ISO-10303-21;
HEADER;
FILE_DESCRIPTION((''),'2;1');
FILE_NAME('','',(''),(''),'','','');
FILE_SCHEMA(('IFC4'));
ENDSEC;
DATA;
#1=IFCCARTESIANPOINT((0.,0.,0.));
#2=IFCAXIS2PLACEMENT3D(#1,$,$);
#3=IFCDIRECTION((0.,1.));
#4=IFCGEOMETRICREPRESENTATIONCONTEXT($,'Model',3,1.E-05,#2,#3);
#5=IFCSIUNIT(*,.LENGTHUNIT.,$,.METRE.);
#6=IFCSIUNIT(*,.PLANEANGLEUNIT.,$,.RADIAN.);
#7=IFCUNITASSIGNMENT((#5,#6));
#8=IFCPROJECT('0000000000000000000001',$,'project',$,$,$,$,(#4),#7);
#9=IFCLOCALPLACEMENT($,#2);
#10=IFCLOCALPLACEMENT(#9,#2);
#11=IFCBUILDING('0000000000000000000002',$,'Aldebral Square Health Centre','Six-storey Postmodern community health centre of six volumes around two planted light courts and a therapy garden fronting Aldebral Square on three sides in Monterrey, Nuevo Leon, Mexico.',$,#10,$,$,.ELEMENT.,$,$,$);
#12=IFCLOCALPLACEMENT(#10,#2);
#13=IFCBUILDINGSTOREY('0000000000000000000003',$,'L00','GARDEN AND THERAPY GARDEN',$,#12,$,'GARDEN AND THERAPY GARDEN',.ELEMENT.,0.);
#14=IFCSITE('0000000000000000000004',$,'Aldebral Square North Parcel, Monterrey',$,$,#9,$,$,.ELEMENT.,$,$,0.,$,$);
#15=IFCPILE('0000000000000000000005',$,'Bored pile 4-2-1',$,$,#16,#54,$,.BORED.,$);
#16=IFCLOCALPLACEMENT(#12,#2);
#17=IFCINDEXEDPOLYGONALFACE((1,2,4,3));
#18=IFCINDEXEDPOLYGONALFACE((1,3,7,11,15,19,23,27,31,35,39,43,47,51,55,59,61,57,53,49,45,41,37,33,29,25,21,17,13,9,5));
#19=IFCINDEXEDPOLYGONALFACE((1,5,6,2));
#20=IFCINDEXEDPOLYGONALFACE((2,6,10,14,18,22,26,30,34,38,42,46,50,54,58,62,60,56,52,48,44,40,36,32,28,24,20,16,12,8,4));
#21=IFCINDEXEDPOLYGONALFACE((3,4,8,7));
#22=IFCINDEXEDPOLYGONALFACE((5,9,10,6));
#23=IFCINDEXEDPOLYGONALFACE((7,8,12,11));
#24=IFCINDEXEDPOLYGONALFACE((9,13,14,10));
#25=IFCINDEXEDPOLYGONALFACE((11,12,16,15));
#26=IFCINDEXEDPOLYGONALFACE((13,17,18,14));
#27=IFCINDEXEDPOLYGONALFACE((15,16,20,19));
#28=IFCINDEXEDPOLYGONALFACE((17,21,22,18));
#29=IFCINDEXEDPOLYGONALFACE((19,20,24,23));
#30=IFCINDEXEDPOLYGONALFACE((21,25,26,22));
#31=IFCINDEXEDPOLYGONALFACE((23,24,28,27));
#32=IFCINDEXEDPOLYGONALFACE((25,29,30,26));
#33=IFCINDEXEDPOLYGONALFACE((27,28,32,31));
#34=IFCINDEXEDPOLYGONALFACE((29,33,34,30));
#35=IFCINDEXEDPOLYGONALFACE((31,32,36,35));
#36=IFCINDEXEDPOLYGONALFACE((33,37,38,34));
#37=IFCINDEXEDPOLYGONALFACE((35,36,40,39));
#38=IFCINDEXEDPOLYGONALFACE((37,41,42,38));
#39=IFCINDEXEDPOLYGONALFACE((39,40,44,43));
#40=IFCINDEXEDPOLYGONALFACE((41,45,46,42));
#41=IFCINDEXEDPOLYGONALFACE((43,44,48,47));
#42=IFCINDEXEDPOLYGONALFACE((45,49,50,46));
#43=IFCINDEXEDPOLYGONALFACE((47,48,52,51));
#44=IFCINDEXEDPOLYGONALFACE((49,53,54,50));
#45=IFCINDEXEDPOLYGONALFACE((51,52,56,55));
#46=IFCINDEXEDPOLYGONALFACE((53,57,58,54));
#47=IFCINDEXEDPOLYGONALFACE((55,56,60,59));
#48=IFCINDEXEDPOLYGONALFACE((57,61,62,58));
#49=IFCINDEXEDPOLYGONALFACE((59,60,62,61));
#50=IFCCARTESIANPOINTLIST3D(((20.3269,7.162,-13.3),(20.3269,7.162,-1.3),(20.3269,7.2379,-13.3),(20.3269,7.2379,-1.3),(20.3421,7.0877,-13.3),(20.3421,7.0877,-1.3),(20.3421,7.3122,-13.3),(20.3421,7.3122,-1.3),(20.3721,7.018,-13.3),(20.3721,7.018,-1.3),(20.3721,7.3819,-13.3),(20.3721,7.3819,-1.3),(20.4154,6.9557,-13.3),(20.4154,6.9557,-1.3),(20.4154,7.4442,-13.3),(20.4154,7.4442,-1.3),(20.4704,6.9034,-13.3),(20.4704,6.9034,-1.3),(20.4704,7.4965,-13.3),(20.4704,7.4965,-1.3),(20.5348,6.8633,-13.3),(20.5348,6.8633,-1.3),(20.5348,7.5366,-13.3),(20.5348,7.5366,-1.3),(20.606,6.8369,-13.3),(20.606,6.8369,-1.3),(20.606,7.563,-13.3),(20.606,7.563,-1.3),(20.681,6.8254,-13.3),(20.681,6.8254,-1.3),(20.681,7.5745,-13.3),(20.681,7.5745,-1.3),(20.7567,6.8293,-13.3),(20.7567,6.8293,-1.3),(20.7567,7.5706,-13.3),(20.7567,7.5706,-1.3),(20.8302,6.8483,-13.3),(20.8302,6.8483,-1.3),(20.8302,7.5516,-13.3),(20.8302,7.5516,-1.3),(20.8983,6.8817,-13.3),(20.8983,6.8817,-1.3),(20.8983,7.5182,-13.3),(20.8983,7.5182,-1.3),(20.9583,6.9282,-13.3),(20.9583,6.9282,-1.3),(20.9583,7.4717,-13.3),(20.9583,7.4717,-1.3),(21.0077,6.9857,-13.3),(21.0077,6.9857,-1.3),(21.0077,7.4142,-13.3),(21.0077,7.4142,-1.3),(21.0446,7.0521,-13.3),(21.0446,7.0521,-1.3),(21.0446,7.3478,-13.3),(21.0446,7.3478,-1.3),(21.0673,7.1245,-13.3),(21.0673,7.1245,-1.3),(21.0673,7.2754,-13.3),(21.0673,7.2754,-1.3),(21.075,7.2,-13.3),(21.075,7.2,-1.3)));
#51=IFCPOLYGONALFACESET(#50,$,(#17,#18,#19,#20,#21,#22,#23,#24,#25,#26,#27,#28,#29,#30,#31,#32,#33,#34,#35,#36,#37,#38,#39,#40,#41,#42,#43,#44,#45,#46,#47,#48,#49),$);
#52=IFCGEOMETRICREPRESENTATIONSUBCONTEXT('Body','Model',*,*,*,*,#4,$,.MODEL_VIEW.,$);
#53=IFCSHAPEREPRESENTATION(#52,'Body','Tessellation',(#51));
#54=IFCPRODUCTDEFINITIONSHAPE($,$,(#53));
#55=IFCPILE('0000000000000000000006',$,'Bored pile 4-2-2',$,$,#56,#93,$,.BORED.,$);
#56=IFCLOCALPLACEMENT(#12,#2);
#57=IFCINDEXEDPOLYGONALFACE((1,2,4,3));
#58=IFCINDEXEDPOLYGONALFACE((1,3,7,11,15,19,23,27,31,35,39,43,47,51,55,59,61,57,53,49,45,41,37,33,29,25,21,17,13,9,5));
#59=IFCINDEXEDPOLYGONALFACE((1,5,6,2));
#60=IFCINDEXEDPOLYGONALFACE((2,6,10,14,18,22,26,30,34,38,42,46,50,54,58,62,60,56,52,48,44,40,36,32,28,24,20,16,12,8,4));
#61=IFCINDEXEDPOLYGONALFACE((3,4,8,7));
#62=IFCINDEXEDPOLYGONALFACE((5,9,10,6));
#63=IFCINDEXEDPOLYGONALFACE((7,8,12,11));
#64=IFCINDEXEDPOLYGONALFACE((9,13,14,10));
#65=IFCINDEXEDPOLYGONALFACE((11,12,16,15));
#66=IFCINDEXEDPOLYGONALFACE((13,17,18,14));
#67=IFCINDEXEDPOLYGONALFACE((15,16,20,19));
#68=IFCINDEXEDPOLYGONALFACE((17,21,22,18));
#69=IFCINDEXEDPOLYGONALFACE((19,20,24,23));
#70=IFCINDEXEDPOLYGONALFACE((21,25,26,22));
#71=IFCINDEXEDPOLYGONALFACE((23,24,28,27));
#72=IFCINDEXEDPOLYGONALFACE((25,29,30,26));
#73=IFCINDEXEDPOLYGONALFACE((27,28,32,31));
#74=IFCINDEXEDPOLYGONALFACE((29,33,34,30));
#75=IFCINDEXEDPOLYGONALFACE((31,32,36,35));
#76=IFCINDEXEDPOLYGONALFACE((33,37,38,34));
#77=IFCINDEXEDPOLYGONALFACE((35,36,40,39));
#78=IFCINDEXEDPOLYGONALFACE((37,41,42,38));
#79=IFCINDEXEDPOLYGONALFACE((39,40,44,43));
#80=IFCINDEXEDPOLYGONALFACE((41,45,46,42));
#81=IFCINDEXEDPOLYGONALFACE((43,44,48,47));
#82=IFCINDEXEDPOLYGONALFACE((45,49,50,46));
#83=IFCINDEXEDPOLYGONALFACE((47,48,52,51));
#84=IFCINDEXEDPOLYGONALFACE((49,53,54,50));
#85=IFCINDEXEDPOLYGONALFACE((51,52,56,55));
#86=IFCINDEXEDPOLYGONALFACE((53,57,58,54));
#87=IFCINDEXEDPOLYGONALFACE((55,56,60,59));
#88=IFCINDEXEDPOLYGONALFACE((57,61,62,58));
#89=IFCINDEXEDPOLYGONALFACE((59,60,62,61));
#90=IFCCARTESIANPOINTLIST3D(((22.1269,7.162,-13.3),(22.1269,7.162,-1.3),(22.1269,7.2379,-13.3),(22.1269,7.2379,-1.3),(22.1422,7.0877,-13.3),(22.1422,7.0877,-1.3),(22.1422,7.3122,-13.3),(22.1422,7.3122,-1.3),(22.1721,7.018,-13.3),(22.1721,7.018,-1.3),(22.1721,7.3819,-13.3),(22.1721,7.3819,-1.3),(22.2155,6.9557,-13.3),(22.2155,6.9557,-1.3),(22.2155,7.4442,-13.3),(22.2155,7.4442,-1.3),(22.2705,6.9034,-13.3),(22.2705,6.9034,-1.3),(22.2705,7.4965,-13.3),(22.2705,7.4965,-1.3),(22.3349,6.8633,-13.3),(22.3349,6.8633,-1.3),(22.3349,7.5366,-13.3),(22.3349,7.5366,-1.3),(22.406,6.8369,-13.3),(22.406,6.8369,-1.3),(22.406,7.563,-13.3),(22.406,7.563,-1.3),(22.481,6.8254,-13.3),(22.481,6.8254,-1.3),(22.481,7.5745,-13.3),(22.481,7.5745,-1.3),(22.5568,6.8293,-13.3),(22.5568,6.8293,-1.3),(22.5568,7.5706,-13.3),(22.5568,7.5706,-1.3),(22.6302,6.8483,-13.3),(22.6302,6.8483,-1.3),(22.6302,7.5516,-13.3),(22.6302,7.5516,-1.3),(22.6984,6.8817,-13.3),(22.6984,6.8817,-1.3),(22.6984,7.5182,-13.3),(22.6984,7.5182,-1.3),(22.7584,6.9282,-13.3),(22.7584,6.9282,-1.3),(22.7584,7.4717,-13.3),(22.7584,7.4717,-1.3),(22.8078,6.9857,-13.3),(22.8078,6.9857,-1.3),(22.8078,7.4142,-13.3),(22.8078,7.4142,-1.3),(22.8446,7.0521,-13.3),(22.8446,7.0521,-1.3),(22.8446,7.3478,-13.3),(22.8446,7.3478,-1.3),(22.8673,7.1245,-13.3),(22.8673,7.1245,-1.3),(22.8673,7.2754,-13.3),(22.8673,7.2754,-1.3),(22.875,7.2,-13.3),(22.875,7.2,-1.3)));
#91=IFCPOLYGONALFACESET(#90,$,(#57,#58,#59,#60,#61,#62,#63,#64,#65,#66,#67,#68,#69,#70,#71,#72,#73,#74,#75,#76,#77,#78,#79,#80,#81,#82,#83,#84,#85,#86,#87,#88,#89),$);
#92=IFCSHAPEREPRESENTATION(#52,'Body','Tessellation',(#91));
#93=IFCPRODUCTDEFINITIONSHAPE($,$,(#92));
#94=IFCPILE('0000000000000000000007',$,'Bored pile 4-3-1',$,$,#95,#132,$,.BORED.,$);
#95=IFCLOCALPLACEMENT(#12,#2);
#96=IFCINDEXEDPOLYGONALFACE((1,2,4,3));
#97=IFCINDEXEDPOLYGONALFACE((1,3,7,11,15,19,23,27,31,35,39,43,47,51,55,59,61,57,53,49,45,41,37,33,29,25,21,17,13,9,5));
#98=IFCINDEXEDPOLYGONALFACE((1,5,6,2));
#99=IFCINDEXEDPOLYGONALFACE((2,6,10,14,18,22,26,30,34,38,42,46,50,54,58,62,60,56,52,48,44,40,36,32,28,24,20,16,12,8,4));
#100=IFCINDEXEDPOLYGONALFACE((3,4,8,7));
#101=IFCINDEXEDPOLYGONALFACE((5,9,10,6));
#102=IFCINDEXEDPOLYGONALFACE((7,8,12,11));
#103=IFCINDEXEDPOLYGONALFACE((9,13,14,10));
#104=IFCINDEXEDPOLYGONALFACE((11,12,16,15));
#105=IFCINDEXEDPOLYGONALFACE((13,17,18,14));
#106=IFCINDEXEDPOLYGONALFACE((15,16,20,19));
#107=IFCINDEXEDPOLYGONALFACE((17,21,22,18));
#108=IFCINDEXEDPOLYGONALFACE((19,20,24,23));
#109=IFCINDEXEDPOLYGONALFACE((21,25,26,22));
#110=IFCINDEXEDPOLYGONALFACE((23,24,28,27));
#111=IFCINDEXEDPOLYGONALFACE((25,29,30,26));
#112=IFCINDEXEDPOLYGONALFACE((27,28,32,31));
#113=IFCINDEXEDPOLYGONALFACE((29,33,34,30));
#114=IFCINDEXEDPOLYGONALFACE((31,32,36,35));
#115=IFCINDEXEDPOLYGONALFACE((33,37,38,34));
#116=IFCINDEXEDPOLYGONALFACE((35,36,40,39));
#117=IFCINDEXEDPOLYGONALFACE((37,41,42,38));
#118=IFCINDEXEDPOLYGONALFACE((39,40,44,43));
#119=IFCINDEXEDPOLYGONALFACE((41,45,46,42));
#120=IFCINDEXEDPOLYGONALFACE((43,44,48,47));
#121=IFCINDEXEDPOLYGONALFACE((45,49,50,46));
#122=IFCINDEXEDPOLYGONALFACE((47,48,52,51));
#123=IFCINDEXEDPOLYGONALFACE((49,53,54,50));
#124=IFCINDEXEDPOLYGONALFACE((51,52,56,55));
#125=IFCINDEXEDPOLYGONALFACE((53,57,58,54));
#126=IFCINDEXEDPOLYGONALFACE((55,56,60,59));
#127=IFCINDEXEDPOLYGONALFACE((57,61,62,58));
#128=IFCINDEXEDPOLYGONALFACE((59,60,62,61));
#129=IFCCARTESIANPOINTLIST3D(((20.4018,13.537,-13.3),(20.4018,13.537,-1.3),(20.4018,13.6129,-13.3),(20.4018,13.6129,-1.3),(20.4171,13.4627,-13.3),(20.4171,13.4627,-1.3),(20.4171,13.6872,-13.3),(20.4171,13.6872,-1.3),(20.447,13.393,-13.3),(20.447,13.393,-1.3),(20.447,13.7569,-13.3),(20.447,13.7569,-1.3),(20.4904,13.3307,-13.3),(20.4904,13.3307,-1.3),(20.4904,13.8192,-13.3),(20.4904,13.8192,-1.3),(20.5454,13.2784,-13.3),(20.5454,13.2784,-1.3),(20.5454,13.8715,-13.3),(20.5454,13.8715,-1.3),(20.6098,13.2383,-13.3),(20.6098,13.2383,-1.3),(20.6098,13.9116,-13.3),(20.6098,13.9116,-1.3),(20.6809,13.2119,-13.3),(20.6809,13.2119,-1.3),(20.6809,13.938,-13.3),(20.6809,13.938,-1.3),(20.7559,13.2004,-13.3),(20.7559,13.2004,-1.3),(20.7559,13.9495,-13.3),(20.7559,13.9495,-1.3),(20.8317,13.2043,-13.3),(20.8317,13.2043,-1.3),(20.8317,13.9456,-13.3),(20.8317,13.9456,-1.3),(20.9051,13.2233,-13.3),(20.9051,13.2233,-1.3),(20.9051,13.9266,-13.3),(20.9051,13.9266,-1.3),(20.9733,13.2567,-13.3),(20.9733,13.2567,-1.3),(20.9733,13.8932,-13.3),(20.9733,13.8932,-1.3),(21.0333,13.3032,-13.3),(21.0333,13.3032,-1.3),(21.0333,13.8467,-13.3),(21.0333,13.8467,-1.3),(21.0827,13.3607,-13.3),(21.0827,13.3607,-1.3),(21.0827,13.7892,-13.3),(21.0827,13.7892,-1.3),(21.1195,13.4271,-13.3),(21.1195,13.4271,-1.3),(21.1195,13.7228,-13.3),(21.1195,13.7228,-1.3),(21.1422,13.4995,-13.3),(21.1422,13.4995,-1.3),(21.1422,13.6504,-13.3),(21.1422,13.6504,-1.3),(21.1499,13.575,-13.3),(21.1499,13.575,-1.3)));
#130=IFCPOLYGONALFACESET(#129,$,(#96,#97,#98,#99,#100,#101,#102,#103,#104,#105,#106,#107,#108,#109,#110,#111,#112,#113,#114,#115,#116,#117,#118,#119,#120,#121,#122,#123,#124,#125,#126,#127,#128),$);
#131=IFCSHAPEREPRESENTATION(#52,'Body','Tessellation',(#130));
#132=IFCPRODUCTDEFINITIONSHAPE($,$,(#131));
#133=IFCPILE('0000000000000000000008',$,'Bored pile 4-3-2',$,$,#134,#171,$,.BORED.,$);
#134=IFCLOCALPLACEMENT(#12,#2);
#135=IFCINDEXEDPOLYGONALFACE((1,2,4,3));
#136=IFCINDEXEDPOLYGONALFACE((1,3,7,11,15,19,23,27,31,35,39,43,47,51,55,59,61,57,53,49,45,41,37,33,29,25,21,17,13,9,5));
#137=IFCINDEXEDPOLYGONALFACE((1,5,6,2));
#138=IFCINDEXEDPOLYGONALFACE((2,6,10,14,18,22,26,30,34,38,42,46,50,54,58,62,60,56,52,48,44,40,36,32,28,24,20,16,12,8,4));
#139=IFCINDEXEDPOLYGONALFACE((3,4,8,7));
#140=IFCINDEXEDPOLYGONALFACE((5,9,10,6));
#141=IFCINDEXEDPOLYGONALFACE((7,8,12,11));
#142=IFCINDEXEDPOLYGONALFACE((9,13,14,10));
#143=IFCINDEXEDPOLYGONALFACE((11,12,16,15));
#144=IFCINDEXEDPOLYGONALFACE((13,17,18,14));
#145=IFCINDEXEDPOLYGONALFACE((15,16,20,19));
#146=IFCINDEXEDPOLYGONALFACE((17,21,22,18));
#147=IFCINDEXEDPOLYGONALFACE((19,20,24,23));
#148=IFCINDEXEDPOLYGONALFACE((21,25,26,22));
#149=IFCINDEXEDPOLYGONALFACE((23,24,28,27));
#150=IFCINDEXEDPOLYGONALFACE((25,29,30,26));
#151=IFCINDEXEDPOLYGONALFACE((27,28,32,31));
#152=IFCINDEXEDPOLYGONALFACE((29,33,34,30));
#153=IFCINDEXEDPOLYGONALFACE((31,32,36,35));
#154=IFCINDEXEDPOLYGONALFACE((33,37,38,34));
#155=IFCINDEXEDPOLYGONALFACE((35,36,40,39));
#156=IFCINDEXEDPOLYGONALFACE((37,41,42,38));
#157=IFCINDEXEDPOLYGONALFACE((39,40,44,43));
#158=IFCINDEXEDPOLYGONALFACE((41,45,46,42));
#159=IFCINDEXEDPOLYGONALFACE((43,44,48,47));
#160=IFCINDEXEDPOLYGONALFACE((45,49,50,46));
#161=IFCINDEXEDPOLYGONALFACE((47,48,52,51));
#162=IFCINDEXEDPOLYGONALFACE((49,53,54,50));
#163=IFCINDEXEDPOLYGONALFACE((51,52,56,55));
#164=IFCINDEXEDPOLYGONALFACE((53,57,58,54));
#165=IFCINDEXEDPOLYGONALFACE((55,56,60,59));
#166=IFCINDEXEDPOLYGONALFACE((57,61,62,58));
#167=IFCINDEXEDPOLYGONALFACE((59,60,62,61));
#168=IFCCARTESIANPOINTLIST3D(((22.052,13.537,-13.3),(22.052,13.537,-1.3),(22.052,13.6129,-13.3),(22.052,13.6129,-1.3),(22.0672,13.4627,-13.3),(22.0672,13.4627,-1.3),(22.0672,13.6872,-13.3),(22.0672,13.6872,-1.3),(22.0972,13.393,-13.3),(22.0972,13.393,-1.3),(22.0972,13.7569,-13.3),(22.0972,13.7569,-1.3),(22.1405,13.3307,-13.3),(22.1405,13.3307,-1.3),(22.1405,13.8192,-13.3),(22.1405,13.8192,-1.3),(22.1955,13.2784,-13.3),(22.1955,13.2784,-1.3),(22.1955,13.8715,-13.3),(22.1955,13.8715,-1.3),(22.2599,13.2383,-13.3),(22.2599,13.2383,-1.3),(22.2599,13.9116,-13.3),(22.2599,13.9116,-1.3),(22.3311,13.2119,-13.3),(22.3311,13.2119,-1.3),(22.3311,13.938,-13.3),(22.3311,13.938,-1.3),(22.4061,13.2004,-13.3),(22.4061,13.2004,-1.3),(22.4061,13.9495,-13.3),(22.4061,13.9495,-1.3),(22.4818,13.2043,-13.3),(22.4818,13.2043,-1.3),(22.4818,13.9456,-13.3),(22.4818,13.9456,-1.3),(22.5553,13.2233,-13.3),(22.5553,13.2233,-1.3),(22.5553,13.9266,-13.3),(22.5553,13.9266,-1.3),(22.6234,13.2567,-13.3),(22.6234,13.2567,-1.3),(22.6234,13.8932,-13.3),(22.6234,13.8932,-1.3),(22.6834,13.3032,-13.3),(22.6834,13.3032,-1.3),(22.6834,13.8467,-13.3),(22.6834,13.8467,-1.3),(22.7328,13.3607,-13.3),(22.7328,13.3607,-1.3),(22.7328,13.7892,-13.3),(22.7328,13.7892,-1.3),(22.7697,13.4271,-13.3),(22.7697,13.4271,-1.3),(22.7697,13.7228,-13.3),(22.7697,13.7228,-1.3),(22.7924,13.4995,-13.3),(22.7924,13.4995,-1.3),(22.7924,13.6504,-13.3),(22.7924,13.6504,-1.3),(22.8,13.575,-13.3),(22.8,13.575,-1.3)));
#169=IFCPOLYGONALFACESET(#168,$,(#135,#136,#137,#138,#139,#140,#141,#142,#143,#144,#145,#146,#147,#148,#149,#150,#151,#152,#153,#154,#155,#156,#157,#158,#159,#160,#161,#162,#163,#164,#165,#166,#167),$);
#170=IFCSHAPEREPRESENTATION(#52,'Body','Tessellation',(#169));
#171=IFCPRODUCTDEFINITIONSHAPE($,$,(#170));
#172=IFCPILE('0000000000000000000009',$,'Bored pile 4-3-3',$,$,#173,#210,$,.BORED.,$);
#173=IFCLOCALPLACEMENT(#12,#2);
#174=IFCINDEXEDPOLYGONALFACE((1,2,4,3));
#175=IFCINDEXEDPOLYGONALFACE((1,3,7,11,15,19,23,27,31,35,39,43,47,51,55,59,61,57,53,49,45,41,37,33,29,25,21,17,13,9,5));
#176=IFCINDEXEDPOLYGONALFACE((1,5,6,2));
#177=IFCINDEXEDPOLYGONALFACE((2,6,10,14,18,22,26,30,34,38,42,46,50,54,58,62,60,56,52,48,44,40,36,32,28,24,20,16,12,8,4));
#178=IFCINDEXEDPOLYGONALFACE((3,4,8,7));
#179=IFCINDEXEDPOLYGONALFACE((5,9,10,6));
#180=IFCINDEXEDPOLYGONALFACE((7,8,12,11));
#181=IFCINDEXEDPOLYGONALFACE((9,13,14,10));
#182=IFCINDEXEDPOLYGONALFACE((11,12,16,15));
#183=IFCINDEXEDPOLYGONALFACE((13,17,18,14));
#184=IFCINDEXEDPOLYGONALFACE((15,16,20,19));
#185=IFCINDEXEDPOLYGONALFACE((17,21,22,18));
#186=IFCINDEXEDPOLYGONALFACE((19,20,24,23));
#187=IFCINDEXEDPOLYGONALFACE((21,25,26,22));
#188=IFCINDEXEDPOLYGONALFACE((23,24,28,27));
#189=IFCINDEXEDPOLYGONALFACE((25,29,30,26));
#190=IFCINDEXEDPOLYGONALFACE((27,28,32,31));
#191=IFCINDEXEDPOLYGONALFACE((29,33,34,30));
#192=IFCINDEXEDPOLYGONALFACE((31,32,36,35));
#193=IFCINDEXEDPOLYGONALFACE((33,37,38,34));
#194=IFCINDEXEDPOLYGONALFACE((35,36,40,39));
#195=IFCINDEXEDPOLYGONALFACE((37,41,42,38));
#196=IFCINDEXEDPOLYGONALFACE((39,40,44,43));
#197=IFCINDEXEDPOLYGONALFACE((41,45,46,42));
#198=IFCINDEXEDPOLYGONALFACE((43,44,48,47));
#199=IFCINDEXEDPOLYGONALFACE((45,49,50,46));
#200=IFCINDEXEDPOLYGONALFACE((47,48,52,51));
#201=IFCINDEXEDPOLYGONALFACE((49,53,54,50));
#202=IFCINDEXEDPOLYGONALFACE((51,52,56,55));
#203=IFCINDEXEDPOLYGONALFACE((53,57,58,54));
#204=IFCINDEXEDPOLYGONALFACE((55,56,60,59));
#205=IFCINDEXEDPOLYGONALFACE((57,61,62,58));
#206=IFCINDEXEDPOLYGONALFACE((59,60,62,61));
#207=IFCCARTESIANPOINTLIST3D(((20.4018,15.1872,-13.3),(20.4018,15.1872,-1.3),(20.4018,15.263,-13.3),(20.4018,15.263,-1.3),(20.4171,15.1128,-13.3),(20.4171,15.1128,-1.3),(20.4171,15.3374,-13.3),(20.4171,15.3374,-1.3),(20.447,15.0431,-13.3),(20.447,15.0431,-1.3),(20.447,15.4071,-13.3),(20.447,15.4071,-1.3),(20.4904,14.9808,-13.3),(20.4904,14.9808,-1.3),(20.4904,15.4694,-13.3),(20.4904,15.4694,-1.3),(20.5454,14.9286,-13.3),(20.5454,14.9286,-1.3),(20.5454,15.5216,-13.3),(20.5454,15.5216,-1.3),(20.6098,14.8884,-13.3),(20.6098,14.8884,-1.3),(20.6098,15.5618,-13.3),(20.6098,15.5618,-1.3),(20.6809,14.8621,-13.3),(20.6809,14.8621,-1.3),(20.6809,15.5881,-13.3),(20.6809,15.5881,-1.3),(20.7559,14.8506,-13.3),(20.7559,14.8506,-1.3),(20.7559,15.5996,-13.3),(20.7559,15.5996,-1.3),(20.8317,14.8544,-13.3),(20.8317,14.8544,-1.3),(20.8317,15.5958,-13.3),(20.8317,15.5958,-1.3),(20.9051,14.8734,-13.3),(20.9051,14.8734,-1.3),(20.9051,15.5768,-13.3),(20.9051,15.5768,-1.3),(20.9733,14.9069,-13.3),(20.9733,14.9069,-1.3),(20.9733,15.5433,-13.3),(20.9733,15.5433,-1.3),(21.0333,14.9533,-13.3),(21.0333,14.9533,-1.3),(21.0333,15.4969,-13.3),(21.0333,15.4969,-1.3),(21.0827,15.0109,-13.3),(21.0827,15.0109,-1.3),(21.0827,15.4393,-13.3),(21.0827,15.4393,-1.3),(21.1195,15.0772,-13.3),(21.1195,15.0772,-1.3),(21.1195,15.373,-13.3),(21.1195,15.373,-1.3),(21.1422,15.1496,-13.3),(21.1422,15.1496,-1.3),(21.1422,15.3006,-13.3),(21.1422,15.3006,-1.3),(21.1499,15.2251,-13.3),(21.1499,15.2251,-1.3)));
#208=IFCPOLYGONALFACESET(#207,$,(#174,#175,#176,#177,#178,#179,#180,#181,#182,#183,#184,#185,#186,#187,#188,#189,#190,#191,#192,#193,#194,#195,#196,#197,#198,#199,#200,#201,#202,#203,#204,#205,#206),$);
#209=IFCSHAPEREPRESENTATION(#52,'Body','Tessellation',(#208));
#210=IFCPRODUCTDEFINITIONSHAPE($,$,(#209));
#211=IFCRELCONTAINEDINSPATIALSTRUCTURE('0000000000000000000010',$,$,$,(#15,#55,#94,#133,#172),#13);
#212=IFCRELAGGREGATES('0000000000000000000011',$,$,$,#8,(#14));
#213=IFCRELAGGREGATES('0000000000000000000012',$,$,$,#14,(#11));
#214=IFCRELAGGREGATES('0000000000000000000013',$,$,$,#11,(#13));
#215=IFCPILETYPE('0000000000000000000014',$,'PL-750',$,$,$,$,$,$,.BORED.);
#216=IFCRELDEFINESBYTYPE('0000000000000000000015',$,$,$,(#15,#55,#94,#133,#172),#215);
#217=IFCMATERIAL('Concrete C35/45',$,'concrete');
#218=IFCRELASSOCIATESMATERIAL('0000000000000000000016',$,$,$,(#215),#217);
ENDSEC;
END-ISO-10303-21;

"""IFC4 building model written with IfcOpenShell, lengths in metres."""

from ifc_helpers import new_model, si_unit, direction, frame, origin, origin_2d, place, context, subcontext, project, spatial, circle, extrude, material, material_profile, profile_set, type_object, element, save


model = new_model("IFC4")

# Units and contexts
model_context = context("Model", 3, precision=1e-05, world=origin(), true_north=direction((0.0, 1.0)))
body_context = subcontext(model_context, "Body", "Model", "MODEL_VIEW")
ifc_project = project(units=[si_unit("LENGTHUNIT", "METRE"), si_unit("PLANEANGLEUNIT", "RADIAN")], contexts=[model_context])

# Site, building, storey
site_placement = place(None, origin())
site = spatial("IfcSite", under=ifc_project, at=site_placement, Name="Aldebral Square North Parcel, Monterrey", CompositionType="ELEMENT", RefElevation=0.0)
building_placement = place(site_placement, origin())
building = spatial("IfcBuilding", under=site, at=building_placement, Name="Aldebral Square Health Centre", Description="Six-storey Postmodern community health centre of six volumes around two planted light courts and a therapy garden fronting Aldebral Square on three sides in Monterrey, Nuevo Leon, Mexico.", CompositionType="ELEMENT")
storey_placement = place(building_placement, origin())
storey = spatial("IfcBuildingStorey", under=building, at=storey_placement, Name="L00", Description="GARDEN AND THERAPY GARDEN", LongName="GARDEN AND THERAPY GARDEN", CompositionType="ELEMENT", Elevation=0.0)

# Shared definitions
ifc_material_1 = material(Name="Concrete C35/45", Category="concrete")

# Piles
ifc_material_profile_1 = material_profile(ifc_material_1, circle(Radius=0.375, at=origin_2d()), Name="PILE D750")
ifc_profile_set_1 = profile_set([ifc_material_profile_1], Name="Concrete C35/45")
pile_type_1 = type_object("IfcPileType", Name="PL-750", PredefinedType="BORED", material=ifc_profile_set_1)
for number, where, z_axis, x_axis, name in (
    (1, (20.7, 7.2, -1.3), (0.0, 0.0, -1.0), (1.0, 0.0, 0.0), "Bored pile 4-2-1"),
    (2, (22.5, 7.2, -1.3), (0.0, 0.0, -1.0), (1.0, 0.0, 0.0), "Bored pile 4-2-2"),
    (3, (20.7749, 13.575, -1.3), (0.0, 0.0, -1.0), (1.0, 0.0, 0.0), "Bored pile 4-3-1"),
    (4, (22.425, 13.575, -1.3), (0.0, 0.0, -1.0), (1.0, 0.0, 0.0), "Bored pile 4-3-2"),
    (5, (20.7749, 15.2251, -1.3), (0.0, 0.0, -1.0), (1.0, 0.0, 0.0), "Bored pile 4-3-3"),
):
    element("IfcPile", number, at=place(storey_placement, frame(where, z_axis=z_axis, x_axis=x_axis)), inside=storey, type_object=pile_type_1, Name=name, PredefinedType="BORED", context=body_context, shape_type="SweptSolid", body=[
        extrude(circle(Radius=0.375, at=origin_2d()), origin(), (0.0, 0.0, 1.0), 12.0),
    ])

save(model, "model.ifc")
